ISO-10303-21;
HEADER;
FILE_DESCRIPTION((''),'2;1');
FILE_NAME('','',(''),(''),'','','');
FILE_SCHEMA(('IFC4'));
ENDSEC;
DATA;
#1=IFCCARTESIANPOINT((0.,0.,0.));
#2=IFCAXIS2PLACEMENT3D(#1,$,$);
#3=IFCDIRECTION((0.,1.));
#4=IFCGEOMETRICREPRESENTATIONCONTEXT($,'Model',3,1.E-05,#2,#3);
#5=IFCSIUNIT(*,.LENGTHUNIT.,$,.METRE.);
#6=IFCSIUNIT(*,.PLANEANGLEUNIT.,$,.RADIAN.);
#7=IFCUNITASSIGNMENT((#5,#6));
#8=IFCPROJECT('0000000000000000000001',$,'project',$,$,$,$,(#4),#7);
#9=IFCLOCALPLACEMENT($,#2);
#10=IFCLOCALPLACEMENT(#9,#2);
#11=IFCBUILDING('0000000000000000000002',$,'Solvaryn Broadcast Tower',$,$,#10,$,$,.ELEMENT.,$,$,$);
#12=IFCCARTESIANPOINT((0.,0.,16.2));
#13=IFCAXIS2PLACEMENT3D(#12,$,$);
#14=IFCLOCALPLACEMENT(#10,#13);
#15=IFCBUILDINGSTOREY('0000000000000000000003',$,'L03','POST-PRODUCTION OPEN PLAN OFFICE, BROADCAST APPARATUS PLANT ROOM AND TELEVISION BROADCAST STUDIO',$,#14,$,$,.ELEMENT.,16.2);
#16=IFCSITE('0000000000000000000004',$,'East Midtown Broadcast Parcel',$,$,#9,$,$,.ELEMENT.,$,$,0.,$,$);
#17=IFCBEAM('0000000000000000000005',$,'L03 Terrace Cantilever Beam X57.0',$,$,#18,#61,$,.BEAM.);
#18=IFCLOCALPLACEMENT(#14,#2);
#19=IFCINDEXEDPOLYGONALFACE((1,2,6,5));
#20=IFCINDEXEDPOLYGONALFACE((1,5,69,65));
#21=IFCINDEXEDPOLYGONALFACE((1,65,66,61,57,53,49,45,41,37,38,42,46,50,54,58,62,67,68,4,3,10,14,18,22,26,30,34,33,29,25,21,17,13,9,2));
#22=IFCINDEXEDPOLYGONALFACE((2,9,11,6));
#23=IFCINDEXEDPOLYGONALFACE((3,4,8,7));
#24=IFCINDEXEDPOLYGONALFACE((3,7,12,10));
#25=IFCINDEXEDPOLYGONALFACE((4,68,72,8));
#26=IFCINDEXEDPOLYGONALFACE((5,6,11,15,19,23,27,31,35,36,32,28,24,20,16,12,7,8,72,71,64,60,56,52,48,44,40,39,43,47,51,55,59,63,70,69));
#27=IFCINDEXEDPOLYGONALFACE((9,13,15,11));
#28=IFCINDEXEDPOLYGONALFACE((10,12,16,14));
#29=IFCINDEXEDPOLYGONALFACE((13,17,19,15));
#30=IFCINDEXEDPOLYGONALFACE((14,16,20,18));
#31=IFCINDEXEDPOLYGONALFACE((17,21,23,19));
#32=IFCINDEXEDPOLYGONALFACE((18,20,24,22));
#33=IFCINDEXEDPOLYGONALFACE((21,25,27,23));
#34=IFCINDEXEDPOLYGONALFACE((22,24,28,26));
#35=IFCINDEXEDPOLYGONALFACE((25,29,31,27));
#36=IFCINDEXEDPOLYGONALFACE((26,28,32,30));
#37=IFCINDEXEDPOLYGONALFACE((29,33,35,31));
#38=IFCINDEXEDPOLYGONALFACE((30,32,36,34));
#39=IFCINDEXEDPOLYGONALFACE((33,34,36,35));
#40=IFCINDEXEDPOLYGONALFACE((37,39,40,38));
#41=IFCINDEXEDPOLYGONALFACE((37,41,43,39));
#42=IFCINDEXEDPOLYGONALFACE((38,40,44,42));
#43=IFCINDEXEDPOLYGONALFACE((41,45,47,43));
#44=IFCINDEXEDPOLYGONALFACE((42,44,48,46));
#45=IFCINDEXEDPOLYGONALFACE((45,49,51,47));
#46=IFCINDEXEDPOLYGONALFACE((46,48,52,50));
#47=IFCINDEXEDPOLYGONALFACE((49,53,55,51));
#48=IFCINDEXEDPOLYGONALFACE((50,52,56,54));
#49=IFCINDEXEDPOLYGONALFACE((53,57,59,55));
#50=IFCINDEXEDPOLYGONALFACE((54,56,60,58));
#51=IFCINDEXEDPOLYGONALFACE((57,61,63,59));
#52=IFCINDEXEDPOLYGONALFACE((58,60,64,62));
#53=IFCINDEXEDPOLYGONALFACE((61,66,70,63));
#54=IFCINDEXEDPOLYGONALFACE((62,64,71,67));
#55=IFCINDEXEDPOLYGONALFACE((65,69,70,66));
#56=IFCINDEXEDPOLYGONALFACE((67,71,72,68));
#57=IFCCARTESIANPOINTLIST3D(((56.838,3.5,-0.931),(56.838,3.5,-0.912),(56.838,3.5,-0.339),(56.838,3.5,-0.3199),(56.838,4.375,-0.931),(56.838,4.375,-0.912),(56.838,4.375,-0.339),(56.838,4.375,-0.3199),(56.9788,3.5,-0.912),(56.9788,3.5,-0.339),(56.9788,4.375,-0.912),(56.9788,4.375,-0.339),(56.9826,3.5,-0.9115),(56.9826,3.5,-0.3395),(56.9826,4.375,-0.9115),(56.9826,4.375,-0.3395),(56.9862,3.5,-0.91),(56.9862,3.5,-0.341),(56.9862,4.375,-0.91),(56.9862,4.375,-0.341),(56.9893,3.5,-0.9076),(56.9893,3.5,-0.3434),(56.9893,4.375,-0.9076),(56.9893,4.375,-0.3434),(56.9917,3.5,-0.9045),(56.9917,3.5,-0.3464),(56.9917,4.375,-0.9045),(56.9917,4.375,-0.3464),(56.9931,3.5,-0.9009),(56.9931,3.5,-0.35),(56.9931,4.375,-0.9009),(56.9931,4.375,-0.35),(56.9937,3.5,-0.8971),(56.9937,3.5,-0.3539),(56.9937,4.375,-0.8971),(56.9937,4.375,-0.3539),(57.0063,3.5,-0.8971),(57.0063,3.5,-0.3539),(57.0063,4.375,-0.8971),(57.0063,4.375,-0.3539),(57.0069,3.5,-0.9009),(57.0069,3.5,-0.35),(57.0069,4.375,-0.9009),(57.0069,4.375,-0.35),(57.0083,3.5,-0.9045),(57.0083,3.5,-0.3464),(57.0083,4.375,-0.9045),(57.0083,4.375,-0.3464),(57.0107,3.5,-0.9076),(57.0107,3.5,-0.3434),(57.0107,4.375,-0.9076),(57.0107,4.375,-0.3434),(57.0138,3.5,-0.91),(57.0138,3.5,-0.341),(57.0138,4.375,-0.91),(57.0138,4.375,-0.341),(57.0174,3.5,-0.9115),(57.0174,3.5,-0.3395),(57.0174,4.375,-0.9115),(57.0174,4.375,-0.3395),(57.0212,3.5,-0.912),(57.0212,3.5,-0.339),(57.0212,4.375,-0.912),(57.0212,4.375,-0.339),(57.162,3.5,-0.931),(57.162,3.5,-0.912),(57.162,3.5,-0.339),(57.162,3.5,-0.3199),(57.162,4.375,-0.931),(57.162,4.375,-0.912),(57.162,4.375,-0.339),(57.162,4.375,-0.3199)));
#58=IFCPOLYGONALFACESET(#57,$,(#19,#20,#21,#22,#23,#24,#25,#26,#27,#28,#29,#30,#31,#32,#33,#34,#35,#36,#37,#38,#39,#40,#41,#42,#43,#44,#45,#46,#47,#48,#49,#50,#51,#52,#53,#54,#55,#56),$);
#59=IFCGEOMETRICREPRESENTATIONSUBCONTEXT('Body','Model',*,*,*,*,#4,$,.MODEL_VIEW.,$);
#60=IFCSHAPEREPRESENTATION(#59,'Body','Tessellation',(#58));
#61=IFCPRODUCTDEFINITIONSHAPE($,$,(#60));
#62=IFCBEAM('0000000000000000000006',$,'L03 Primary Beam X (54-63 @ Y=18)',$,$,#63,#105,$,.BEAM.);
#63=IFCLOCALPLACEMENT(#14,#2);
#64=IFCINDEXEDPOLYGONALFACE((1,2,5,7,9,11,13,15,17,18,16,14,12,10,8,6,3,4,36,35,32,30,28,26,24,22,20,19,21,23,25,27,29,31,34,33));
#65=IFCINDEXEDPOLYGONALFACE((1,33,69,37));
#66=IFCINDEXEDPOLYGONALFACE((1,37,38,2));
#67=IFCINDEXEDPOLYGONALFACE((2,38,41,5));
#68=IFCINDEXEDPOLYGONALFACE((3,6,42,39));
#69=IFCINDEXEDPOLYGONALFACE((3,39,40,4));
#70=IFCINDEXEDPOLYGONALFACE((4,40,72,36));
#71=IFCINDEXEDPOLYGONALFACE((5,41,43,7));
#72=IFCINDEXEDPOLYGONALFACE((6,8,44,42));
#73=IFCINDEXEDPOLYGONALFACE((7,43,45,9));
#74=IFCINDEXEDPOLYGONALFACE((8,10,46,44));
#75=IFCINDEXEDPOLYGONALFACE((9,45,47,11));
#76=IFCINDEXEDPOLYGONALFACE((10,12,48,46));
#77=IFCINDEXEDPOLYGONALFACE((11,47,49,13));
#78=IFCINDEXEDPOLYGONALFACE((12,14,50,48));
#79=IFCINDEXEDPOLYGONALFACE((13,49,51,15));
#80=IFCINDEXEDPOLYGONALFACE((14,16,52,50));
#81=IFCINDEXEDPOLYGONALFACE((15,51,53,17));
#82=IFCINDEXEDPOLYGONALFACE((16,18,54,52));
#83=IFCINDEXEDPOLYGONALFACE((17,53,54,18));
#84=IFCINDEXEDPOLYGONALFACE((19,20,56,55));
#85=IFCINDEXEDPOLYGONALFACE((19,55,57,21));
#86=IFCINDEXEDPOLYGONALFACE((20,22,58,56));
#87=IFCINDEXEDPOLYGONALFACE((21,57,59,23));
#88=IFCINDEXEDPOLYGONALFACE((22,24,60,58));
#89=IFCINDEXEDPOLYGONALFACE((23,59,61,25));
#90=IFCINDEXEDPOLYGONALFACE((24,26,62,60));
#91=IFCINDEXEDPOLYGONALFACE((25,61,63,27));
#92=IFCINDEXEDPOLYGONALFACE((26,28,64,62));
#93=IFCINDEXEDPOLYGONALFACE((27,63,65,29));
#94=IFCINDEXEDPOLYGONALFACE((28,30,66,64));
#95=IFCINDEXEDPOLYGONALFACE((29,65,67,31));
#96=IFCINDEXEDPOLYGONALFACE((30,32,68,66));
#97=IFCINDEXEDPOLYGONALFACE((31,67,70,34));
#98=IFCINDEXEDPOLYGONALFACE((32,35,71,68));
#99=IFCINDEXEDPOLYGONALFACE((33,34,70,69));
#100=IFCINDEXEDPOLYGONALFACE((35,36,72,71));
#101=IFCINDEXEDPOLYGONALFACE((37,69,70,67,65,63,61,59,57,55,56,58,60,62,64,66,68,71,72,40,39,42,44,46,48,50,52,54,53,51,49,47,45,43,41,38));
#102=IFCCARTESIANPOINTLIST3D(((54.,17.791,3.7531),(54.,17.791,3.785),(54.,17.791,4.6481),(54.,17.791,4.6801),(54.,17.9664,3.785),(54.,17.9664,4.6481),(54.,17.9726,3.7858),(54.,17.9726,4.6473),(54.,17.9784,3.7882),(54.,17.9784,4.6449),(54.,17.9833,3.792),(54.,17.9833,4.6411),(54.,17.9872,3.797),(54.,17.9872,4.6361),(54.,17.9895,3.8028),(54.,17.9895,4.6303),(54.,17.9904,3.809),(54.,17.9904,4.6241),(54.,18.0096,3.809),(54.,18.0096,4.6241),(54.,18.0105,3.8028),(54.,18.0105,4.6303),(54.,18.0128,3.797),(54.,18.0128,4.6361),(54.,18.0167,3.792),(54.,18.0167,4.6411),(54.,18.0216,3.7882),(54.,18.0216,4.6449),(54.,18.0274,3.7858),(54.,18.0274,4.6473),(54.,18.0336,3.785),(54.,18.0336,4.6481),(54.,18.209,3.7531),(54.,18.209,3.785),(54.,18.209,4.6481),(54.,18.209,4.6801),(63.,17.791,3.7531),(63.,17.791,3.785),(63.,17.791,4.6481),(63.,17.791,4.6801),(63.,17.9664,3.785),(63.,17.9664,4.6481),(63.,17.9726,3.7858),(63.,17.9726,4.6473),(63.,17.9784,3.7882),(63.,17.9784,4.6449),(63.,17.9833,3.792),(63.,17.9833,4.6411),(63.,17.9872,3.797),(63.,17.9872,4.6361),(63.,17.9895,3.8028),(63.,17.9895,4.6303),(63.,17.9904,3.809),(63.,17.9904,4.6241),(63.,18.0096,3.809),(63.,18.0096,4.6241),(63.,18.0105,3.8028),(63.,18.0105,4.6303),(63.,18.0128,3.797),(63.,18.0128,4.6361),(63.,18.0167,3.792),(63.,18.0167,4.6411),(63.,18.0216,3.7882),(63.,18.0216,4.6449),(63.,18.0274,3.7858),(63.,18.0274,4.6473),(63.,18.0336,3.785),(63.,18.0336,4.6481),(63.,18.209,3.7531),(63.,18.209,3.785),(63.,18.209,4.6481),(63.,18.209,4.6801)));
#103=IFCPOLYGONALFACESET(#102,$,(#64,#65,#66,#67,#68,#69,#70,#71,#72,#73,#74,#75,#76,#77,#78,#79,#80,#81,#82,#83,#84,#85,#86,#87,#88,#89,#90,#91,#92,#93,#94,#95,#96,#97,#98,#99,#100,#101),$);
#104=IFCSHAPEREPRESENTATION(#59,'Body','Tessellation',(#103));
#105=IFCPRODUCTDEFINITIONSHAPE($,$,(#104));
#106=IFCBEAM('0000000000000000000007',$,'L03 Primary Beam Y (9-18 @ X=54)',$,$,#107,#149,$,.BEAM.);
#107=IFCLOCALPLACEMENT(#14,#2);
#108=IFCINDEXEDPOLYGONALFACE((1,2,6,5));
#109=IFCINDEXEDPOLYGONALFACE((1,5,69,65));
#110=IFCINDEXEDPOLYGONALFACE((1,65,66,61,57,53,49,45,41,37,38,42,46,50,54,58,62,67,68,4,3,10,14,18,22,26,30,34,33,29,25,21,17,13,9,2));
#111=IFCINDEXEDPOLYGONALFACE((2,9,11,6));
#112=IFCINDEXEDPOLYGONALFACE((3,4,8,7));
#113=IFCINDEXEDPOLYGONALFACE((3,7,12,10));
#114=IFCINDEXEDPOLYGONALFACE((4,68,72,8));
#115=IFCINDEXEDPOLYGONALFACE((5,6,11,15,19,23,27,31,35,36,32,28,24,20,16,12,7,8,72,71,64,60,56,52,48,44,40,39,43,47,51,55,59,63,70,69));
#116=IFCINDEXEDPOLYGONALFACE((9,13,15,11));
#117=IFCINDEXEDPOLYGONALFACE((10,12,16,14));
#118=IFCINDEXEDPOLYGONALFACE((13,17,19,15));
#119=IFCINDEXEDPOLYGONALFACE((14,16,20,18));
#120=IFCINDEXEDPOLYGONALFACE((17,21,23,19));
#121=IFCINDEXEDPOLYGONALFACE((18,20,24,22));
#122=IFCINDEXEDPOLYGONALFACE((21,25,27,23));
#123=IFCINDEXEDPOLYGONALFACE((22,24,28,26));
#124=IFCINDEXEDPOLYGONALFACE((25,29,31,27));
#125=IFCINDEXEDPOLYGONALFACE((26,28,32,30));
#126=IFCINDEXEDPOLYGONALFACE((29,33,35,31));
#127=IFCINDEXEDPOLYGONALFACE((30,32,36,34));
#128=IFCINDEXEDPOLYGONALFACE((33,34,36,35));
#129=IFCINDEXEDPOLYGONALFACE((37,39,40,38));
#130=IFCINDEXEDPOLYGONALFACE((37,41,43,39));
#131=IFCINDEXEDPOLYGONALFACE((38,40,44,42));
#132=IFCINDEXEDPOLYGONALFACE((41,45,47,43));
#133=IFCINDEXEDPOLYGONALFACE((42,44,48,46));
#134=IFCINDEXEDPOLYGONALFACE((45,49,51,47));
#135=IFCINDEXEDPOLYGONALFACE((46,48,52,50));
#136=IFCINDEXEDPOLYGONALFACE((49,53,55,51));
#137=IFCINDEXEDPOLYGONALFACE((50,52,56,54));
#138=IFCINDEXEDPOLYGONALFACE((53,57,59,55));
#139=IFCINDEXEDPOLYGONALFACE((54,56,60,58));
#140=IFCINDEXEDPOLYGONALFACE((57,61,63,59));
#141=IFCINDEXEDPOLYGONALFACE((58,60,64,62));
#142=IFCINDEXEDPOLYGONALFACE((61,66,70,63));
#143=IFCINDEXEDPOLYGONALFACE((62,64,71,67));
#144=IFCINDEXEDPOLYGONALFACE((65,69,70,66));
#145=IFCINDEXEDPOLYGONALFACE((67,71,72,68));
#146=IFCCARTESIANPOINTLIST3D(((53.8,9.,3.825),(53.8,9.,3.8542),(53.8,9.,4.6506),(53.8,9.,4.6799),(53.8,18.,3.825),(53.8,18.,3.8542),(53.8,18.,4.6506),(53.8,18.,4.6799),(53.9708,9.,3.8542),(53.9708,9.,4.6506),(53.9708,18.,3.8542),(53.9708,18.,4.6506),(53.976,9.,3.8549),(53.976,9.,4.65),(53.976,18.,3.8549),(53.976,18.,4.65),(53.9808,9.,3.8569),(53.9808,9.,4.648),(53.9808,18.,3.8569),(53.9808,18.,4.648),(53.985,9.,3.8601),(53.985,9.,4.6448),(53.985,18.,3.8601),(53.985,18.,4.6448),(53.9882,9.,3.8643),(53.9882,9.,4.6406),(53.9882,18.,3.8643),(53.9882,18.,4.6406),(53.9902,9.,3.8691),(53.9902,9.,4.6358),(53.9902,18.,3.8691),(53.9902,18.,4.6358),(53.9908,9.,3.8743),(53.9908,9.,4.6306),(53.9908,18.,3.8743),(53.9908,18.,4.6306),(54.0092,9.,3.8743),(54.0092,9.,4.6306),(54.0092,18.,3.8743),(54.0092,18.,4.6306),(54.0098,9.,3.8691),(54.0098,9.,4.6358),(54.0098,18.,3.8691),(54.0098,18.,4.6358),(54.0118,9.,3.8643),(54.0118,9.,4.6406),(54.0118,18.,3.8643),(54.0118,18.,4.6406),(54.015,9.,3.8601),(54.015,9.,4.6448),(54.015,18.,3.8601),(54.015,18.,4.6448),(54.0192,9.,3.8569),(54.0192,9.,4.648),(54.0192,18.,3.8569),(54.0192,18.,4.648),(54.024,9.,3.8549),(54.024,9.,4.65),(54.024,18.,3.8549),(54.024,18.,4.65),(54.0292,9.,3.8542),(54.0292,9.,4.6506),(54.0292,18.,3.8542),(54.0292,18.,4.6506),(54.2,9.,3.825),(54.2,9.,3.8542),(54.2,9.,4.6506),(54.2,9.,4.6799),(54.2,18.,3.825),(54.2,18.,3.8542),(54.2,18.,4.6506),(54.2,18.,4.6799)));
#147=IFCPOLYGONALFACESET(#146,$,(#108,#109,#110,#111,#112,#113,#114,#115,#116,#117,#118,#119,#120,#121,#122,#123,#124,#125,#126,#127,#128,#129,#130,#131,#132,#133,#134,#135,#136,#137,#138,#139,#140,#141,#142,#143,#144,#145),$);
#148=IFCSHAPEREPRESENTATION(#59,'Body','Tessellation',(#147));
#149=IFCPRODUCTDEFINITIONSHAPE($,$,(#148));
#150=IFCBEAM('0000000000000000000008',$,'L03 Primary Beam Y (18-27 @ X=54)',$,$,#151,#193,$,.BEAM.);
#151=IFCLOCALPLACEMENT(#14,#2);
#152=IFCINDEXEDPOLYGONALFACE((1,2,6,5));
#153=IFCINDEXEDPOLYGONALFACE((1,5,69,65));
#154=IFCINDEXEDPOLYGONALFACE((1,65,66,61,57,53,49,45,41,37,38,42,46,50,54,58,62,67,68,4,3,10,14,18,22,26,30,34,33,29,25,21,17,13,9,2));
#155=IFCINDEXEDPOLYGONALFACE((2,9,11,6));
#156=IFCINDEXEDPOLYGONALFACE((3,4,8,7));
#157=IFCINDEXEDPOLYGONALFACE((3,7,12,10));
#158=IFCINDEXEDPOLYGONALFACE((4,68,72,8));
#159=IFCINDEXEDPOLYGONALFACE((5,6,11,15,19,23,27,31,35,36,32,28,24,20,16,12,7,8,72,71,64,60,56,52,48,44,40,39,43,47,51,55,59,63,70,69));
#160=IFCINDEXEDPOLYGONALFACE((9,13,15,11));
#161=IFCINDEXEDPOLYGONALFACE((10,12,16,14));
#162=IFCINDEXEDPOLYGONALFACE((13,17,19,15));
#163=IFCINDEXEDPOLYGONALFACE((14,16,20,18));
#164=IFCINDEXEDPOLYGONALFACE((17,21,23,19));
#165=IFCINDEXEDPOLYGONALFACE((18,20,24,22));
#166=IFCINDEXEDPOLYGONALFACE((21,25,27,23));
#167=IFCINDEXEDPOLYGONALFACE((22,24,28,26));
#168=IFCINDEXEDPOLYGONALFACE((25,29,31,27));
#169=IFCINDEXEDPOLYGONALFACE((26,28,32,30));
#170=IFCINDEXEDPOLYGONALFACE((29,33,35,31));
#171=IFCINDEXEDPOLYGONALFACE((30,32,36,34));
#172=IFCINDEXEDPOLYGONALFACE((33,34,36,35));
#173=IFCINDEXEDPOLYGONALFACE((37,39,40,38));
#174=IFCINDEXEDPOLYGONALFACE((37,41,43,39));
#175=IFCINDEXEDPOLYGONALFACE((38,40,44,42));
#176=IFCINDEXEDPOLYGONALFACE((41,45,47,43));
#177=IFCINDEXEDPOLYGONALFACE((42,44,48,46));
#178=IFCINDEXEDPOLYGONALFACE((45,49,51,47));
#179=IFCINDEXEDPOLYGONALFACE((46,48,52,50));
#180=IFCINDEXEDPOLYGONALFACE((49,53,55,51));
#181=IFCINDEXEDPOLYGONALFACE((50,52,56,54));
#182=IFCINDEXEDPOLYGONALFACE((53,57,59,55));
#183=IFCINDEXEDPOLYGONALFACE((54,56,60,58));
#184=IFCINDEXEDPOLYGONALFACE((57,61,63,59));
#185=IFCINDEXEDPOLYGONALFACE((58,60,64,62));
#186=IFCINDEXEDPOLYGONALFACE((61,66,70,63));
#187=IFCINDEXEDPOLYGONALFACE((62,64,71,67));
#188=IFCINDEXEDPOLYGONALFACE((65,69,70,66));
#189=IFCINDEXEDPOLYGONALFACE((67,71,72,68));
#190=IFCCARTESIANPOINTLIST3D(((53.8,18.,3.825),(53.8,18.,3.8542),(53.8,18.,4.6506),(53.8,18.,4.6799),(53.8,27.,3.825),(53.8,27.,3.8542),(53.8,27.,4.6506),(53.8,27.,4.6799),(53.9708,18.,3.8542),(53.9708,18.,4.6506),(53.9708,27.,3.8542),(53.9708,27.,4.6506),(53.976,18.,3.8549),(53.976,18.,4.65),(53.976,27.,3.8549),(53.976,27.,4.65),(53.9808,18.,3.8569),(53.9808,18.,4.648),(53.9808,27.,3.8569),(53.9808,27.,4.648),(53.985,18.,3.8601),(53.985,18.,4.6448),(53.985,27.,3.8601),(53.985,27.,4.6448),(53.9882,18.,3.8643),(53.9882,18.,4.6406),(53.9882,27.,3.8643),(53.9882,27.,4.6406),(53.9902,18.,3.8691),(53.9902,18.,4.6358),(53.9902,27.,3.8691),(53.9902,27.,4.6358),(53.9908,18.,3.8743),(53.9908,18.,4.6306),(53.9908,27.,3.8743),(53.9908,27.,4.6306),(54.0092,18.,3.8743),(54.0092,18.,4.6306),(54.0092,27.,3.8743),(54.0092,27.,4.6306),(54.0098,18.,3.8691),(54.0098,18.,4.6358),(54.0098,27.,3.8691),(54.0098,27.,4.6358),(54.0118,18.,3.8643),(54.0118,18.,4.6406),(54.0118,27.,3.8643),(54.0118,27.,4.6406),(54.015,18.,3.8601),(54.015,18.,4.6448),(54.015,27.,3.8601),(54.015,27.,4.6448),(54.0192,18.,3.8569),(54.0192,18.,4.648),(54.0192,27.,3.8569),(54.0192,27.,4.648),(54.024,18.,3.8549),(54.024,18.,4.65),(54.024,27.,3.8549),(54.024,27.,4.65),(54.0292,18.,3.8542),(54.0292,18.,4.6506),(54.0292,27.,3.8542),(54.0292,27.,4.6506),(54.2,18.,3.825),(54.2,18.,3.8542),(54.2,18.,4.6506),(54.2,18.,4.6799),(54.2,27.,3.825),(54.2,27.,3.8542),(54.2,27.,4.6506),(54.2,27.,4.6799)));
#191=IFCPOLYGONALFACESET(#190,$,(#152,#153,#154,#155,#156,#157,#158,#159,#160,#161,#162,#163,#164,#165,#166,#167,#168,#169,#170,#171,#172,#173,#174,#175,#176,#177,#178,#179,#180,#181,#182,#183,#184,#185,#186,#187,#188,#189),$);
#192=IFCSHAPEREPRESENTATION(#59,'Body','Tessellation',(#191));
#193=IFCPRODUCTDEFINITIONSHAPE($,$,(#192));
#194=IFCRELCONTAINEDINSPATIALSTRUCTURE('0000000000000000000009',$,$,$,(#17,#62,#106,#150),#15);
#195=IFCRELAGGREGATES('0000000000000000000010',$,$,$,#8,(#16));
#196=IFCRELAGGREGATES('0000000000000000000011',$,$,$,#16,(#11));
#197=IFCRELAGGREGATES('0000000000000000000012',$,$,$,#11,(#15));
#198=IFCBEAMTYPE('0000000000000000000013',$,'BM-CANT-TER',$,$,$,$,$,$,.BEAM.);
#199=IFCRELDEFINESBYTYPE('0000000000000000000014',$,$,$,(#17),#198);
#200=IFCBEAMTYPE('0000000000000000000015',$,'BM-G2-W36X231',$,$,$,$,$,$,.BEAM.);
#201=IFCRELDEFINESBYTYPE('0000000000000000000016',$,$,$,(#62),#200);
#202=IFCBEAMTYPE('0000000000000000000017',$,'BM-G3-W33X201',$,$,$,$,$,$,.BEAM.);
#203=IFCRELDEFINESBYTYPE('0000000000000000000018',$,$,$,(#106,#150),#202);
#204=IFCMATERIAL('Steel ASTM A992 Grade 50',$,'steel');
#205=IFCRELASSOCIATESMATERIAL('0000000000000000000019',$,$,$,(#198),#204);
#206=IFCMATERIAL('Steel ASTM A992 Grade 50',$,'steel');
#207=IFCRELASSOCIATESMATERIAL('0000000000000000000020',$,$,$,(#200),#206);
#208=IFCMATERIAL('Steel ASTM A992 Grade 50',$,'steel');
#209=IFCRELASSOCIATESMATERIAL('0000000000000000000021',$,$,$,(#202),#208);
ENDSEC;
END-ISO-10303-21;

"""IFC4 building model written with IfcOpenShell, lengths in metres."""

from ifc_helpers import new_model, si_unit, direction, frame, origin, origin_2d, place, context, subcontext, project, spatial, i_section, extrude, material, material_profile, profile_set, type_object, element, save


model = new_model("IFC4")

# Units and contexts
model_context = context("Model", 3, precision=1e-05, world=origin(), true_north=direction((0.0, 1.0)))
body_context = subcontext(model_context, "Body", "Model", "MODEL_VIEW")
ifc_project = project(units=[si_unit("LENGTHUNIT", "METRE"), si_unit("PLANEANGLEUNIT", "RADIAN")], contexts=[model_context])

# Site, building, storey
site_placement = place(None, origin())
site = spatial("IfcSite", under=ifc_project, at=site_placement, Name="East Midtown Broadcast Parcel", CompositionType="ELEMENT", RefElevation=0.0)
building_placement = place(site_placement, origin())
building = spatial("IfcBuilding", under=site, at=building_placement, Name="Solvaryn Broadcast Tower", CompositionType="ELEMENT")
storey_placement = place(building_placement, frame((0.0, 0.0, 16.2)))
storey = spatial("IfcBuildingStorey", under=building, at=storey_placement, Name="L03", Description="POST-PRODUCTION OPEN PLAN OFFICE, BROADCAST APPARATUS PLANT ROOM AND TELEVISION BROADCAST STUDIO", CompositionType="ELEMENT", Elevation=16.2)

# Beams
ifc_material_1 = material(Name="Steel ASTM A992 Grade 50", Category="steel")
ifc_material_profile_1 = material_profile(ifc_material_1, i_section(OverallWidth=0.324, OverallDepth=0.6111, WebThickness=0.0127, FlangeThickness=0.019, FilletRadius=0.0149, at=origin_2d()))
ifc_profile_set_1 = profile_set([ifc_material_profile_1], Name="Steel ASTM A992 Grade 50")
beam_type_1 = type_object("IfcBeamType", Name="BM-CANT-TER", PredefinedType="BEAM", material=ifc_profile_set_1)
beam_1_placement = place(storey_placement, frame((57.0, 4.375, -0.6255), z_axis=(0.0, -1.0, 0.0), x_axis=(1.0, 0.0, 0.0)))
element("IfcBeam", 1, at=beam_1_placement, inside=storey, type_object=beam_type_1, Name="L03 Terrace Cantilever Beam X57.0", PredefinedType="BEAM", context=body_context, shape_type="SweptSolid", body=[
    extrude(i_section(OverallWidth=0.324, OverallDepth=0.6111, WebThickness=0.0127, FlangeThickness=0.019, FilletRadius=0.0149, at=origin_2d()), origin(), (0.0, 0.0, 1.0), 0.875),
])
ifc_material_2 = material(Name="Steel ASTM A992 Grade 50", Category="steel")
ifc_material_profile_2 = material_profile(ifc_material_2, i_section(OverallWidth=0.418, OverallDepth=0.927, WebThickness=0.0193, FlangeThickness=0.032, FilletRadius=0.0239, at=origin_2d()))
ifc_profile_set_2 = profile_set([ifc_material_profile_2], Name="Steel ASTM A992 Grade 50")
beam_type_2 = type_object("IfcBeamType", Name="BM-G2-W36X231", PredefinedType="BEAM", material=ifc_profile_set_2)
beam_2_placement = place(storey_placement, frame((54.0, 18.0, 4.2166), z_axis=(1.0, 0.0, 0.0), x_axis=(0.0, 1.0, 0.0)))
element("IfcBeam", 2, at=beam_2_placement, inside=storey, type_object=beam_type_2, Name="L03 Primary Beam X (54-63 @ Y=18)", PredefinedType="BEAM", context=body_context, shape_type="SweptSolid", body=[
    extrude(i_section(OverallWidth=0.418, OverallDepth=0.927, WebThickness=0.0193, FlangeThickness=0.032, FilletRadius=0.0239, at=origin_2d()), origin(), (0.0, 0.0, 1.0), 9.0),
])
ifc_material_3 = material(Name="Steel ASTM A992 Grade 50", Category="steel")
ifc_material_profile_3 = material_profile(ifc_material_3, i_section(OverallWidth=0.3999, OverallDepth=0.855, WebThickness=0.0183, FlangeThickness=0.0293, FilletRadius=0.02, at=origin_2d()))
ifc_profile_set_3 = profile_set([ifc_material_profile_3], Name="Steel ASTM A992 Grade 50")
beam_type_3 = type_object("IfcBeamType", Name="BM-G3-W33X201", PredefinedType="BEAM", material=ifc_profile_set_3)
for number, where, z_axis, x_axis, name in (
    (3, (54.0, 9.0, 4.2524), (0.0, 1.0, 0.0), (-1.0, 0.0, 0.0), "L03 Primary Beam Y (9-18 @ X=54)"),
    (4, (54.0, 18.0, 4.2524), (0.0, 1.0, 0.0), (-1.0, 0.0, 0.0), "L03 Primary Beam Y (18-27 @ X=54)"),
):
    element("IfcBeam", number, at=place(storey_placement, frame(where, z_axis=z_axis, x_axis=x_axis)), inside=storey, type_object=beam_type_3, Name=name, PredefinedType="BEAM", context=body_context, shape_type="SweptSolid", body=[
        extrude(i_section(OverallWidth=0.3999, OverallDepth=0.855, WebThickness=0.0183, FlangeThickness=0.0293, FilletRadius=0.02, at=origin_2d()), origin(), (0.0, 0.0, 1.0), 9.0),
    ])

save(model, "model.ifc")
